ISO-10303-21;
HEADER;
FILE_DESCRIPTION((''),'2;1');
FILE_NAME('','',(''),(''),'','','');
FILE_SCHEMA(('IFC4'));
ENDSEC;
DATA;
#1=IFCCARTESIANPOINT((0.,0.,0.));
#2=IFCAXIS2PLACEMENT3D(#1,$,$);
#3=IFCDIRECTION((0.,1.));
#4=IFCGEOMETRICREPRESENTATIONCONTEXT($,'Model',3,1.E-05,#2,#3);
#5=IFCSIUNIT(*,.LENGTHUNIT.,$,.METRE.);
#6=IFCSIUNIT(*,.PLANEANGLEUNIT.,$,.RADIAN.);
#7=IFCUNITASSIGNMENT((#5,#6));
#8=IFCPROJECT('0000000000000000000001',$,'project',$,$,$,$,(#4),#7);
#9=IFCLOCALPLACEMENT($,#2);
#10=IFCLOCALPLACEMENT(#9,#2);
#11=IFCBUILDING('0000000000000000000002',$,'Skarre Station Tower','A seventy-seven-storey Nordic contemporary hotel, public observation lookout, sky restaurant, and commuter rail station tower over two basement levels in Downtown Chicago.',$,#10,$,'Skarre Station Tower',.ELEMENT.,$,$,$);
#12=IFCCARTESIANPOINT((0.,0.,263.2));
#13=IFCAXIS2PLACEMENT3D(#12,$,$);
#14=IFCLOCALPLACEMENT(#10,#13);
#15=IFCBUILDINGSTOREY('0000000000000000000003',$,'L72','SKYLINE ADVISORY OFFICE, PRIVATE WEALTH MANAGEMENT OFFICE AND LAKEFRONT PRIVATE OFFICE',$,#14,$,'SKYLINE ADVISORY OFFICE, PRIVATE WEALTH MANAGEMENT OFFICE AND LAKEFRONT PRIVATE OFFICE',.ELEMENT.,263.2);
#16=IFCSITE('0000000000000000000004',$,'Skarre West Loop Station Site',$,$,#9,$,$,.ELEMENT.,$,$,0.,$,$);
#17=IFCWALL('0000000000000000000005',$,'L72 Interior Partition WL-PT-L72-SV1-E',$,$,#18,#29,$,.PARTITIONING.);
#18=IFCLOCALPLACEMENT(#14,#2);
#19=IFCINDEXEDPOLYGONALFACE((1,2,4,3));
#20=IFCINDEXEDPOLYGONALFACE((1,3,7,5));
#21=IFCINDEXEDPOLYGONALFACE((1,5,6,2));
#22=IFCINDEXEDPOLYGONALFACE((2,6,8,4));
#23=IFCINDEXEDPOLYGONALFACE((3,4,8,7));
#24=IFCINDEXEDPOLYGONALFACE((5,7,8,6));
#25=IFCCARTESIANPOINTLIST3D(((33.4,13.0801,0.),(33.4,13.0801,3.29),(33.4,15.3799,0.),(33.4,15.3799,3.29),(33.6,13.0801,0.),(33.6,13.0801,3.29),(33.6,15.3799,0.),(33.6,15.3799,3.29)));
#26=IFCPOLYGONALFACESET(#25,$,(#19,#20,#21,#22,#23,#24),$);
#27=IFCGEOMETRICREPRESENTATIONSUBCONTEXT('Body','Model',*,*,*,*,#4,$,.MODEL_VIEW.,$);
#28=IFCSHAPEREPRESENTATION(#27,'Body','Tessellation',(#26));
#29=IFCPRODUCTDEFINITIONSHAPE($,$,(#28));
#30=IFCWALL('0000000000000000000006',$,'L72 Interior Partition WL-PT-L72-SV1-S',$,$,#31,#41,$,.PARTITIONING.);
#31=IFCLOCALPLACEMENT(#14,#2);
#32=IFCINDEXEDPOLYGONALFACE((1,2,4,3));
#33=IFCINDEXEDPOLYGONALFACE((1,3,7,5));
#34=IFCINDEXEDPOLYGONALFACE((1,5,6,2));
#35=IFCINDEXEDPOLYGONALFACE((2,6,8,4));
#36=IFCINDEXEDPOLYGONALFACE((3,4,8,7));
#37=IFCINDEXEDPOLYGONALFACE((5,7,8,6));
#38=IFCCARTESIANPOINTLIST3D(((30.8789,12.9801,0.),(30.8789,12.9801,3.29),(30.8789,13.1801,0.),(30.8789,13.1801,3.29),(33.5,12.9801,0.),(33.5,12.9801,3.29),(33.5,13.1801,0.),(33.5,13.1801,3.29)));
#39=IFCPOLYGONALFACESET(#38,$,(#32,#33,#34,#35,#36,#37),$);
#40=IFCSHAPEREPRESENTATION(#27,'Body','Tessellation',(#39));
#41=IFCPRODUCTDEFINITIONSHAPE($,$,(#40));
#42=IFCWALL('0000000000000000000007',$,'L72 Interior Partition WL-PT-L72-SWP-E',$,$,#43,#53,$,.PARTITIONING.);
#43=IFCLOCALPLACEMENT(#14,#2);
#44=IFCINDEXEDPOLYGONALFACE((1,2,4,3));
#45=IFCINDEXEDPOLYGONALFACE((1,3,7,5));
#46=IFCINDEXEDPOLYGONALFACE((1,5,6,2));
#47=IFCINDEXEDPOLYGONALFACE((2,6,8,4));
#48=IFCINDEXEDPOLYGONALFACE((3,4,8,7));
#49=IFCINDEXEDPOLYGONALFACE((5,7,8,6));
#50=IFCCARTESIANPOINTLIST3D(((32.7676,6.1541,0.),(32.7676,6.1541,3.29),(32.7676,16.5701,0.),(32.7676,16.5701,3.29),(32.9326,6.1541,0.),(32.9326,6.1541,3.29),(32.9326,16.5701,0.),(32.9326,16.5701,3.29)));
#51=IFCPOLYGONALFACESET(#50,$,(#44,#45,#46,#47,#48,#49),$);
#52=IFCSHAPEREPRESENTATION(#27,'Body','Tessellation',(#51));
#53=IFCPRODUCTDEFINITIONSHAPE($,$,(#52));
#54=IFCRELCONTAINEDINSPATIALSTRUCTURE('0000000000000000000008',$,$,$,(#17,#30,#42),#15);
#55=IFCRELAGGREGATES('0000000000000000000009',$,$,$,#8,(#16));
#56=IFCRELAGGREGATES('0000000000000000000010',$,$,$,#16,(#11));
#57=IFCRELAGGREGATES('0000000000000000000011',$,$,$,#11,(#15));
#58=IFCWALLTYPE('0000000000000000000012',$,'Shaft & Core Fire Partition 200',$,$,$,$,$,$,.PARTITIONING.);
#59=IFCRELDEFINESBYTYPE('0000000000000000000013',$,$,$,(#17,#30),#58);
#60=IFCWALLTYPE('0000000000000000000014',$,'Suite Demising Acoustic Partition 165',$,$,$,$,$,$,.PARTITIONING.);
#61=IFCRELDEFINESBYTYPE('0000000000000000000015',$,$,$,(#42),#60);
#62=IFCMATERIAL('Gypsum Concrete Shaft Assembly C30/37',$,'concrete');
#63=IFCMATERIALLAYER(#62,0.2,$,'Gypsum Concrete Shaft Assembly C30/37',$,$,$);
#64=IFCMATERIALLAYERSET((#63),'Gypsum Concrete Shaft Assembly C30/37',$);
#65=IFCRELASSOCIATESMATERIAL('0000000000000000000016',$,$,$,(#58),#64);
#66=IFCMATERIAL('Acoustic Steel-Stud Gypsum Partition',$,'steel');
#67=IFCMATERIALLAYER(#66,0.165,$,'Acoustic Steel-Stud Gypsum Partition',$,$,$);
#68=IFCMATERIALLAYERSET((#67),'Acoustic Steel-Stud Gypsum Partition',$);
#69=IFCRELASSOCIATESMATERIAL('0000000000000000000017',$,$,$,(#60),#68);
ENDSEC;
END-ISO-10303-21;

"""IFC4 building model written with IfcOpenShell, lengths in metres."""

from ifc_helpers import new_model, si_unit, direction, frame, frame_2d, origin, place, context, subcontext, project, spatial, rectangle, extrude, material, layer, layer_set, type_object, element, save


model = new_model("IFC4")

# Units and contexts
model_context = context("Model", 3, precision=1e-05, world=origin(), true_north=direction((0.0, 1.0)))
body_context = subcontext(model_context, "Body", "Model", "MODEL_VIEW")
ifc_project = project(units=[si_unit("LENGTHUNIT", "METRE"), si_unit("PLANEANGLEUNIT", "RADIAN")], contexts=[model_context])

# Site, building, storey
site_placement = place(None, origin())
site = spatial("IfcSite", under=ifc_project, at=site_placement, Name="Skarre West Loop Station Site", CompositionType="ELEMENT", RefElevation=0.0)
building_placement = place(site_placement, origin())
building = spatial("IfcBuilding", under=site, at=building_placement, Name="Skarre Station Tower", Description="A seventy-seven-storey Nordic contemporary hotel, public observation lookout, sky restaurant, and commuter rail station tower over two basement levels in Downtown Chicago.", LongName="Skarre Station Tower", CompositionType="ELEMENT")
storey_placement = place(building_placement, frame((0.0, 0.0, 263.2)))
storey = spatial("IfcBuildingStorey", under=building, at=storey_placement, Name="L72", Description="SKYLINE ADVISORY OFFICE, PRIVATE WEALTH MANAGEMENT OFFICE AND LAKEFRONT PRIVATE OFFICE", LongName="SKYLINE ADVISORY OFFICE, PRIVATE WEALTH MANAGEMENT OFFICE AND LAKEFRONT PRIVATE OFFICE", CompositionType="ELEMENT", Elevation=263.2)

# Shared definitions
ifc_material_1 = material(Name="Acoustic Steel-Stud Gypsum Partition", Category="steel")

# Shared definitions
ifc_material_2 = material(Name="Gypsum Concrete Shaft Assembly C30/37", Category="concrete")
ifc_layer_1 = layer(ifc_material_2, 0.2, Name="Gypsum Concrete Shaft Assembly C30/37")
ifc_layer_set_1 = layer_set([ifc_layer_1], Name="Gypsum Concrete Shaft Assembly C30/37")
wall_type_1 = type_object("IfcWallType", Name="Shaft & Core Fire Partition 200", PredefinedType="PARTITIONING", material=ifc_layer_set_1)

# Walls
wall_1_placement = place(storey_placement, frame((33.5, 13.0801, 0.0), z_axis=(0.0, 0.0, 1.0), x_axis=(0.0, 1.0, 0.0)))
element("IfcWall", 1, at=wall_1_placement, inside=storey, type_object=wall_type_1, Name="L72 Interior Partition WL-PT-L72-SV1-E", PredefinedType="PARTITIONING", context=body_context, shape_type="SweptSolid", body=[
    extrude(rectangle(XDim=2.2998, YDim=0.2, at=frame_2d((1.1499, 0.0))), origin(), (0.0, 0.0, 1.0), 3.29),
])
wall_2_placement = place(storey_placement, frame((30.8789, 13.0801, 0.0), z_axis=(0.0, 0.0, 1.0), x_axis=(1.0, 0.0, 0.0)))
element("IfcWall", 2, at=wall_2_placement, inside=storey, type_object=wall_type_1, Name="L72 Interior Partition WL-PT-L72-SV1-S", PredefinedType="PARTITIONING", context=body_context, shape_type="SweptSolid", body=[
    extrude(rectangle(XDim=2.6211, YDim=0.2, at=frame_2d((1.3105, 0.0))), origin(), (0.0, 0.0, 1.0), 3.29),
])
ifc_layer_2 = layer(ifc_material_1, 0.165, Name="Acoustic Steel-Stud Gypsum Partition")
ifc_layer_set_2 = layer_set([ifc_layer_2], Name="Acoustic Steel-Stud Gypsum Partition")
wall_type_2 = type_object("IfcWallType", Name="Suite Demising Acoustic Partition 165", PredefinedType="PARTITIONING", material=ifc_layer_set_2)
wall_3_placement = place(storey_placement, frame((32.8501, 6.1541, 0.0), z_axis=(0.0, 0.0, 1.0), x_axis=(0.0, 1.0, 0.0)))
element("IfcWall", 3, at=wall_3_placement, inside=storey, type_object=wall_type_2, Name="L72 Interior Partition WL-PT-L72-SWP-E", PredefinedType="PARTITIONING", context=body_context, shape_type="SweptSolid", body=[
    extrude(rectangle(XDim=10.416, YDim=0.165, at=frame_2d((5.208, 0.0))), origin(), (0.0, 0.0, 1.0), 3.29),
])

save(model, "model.ifc")
